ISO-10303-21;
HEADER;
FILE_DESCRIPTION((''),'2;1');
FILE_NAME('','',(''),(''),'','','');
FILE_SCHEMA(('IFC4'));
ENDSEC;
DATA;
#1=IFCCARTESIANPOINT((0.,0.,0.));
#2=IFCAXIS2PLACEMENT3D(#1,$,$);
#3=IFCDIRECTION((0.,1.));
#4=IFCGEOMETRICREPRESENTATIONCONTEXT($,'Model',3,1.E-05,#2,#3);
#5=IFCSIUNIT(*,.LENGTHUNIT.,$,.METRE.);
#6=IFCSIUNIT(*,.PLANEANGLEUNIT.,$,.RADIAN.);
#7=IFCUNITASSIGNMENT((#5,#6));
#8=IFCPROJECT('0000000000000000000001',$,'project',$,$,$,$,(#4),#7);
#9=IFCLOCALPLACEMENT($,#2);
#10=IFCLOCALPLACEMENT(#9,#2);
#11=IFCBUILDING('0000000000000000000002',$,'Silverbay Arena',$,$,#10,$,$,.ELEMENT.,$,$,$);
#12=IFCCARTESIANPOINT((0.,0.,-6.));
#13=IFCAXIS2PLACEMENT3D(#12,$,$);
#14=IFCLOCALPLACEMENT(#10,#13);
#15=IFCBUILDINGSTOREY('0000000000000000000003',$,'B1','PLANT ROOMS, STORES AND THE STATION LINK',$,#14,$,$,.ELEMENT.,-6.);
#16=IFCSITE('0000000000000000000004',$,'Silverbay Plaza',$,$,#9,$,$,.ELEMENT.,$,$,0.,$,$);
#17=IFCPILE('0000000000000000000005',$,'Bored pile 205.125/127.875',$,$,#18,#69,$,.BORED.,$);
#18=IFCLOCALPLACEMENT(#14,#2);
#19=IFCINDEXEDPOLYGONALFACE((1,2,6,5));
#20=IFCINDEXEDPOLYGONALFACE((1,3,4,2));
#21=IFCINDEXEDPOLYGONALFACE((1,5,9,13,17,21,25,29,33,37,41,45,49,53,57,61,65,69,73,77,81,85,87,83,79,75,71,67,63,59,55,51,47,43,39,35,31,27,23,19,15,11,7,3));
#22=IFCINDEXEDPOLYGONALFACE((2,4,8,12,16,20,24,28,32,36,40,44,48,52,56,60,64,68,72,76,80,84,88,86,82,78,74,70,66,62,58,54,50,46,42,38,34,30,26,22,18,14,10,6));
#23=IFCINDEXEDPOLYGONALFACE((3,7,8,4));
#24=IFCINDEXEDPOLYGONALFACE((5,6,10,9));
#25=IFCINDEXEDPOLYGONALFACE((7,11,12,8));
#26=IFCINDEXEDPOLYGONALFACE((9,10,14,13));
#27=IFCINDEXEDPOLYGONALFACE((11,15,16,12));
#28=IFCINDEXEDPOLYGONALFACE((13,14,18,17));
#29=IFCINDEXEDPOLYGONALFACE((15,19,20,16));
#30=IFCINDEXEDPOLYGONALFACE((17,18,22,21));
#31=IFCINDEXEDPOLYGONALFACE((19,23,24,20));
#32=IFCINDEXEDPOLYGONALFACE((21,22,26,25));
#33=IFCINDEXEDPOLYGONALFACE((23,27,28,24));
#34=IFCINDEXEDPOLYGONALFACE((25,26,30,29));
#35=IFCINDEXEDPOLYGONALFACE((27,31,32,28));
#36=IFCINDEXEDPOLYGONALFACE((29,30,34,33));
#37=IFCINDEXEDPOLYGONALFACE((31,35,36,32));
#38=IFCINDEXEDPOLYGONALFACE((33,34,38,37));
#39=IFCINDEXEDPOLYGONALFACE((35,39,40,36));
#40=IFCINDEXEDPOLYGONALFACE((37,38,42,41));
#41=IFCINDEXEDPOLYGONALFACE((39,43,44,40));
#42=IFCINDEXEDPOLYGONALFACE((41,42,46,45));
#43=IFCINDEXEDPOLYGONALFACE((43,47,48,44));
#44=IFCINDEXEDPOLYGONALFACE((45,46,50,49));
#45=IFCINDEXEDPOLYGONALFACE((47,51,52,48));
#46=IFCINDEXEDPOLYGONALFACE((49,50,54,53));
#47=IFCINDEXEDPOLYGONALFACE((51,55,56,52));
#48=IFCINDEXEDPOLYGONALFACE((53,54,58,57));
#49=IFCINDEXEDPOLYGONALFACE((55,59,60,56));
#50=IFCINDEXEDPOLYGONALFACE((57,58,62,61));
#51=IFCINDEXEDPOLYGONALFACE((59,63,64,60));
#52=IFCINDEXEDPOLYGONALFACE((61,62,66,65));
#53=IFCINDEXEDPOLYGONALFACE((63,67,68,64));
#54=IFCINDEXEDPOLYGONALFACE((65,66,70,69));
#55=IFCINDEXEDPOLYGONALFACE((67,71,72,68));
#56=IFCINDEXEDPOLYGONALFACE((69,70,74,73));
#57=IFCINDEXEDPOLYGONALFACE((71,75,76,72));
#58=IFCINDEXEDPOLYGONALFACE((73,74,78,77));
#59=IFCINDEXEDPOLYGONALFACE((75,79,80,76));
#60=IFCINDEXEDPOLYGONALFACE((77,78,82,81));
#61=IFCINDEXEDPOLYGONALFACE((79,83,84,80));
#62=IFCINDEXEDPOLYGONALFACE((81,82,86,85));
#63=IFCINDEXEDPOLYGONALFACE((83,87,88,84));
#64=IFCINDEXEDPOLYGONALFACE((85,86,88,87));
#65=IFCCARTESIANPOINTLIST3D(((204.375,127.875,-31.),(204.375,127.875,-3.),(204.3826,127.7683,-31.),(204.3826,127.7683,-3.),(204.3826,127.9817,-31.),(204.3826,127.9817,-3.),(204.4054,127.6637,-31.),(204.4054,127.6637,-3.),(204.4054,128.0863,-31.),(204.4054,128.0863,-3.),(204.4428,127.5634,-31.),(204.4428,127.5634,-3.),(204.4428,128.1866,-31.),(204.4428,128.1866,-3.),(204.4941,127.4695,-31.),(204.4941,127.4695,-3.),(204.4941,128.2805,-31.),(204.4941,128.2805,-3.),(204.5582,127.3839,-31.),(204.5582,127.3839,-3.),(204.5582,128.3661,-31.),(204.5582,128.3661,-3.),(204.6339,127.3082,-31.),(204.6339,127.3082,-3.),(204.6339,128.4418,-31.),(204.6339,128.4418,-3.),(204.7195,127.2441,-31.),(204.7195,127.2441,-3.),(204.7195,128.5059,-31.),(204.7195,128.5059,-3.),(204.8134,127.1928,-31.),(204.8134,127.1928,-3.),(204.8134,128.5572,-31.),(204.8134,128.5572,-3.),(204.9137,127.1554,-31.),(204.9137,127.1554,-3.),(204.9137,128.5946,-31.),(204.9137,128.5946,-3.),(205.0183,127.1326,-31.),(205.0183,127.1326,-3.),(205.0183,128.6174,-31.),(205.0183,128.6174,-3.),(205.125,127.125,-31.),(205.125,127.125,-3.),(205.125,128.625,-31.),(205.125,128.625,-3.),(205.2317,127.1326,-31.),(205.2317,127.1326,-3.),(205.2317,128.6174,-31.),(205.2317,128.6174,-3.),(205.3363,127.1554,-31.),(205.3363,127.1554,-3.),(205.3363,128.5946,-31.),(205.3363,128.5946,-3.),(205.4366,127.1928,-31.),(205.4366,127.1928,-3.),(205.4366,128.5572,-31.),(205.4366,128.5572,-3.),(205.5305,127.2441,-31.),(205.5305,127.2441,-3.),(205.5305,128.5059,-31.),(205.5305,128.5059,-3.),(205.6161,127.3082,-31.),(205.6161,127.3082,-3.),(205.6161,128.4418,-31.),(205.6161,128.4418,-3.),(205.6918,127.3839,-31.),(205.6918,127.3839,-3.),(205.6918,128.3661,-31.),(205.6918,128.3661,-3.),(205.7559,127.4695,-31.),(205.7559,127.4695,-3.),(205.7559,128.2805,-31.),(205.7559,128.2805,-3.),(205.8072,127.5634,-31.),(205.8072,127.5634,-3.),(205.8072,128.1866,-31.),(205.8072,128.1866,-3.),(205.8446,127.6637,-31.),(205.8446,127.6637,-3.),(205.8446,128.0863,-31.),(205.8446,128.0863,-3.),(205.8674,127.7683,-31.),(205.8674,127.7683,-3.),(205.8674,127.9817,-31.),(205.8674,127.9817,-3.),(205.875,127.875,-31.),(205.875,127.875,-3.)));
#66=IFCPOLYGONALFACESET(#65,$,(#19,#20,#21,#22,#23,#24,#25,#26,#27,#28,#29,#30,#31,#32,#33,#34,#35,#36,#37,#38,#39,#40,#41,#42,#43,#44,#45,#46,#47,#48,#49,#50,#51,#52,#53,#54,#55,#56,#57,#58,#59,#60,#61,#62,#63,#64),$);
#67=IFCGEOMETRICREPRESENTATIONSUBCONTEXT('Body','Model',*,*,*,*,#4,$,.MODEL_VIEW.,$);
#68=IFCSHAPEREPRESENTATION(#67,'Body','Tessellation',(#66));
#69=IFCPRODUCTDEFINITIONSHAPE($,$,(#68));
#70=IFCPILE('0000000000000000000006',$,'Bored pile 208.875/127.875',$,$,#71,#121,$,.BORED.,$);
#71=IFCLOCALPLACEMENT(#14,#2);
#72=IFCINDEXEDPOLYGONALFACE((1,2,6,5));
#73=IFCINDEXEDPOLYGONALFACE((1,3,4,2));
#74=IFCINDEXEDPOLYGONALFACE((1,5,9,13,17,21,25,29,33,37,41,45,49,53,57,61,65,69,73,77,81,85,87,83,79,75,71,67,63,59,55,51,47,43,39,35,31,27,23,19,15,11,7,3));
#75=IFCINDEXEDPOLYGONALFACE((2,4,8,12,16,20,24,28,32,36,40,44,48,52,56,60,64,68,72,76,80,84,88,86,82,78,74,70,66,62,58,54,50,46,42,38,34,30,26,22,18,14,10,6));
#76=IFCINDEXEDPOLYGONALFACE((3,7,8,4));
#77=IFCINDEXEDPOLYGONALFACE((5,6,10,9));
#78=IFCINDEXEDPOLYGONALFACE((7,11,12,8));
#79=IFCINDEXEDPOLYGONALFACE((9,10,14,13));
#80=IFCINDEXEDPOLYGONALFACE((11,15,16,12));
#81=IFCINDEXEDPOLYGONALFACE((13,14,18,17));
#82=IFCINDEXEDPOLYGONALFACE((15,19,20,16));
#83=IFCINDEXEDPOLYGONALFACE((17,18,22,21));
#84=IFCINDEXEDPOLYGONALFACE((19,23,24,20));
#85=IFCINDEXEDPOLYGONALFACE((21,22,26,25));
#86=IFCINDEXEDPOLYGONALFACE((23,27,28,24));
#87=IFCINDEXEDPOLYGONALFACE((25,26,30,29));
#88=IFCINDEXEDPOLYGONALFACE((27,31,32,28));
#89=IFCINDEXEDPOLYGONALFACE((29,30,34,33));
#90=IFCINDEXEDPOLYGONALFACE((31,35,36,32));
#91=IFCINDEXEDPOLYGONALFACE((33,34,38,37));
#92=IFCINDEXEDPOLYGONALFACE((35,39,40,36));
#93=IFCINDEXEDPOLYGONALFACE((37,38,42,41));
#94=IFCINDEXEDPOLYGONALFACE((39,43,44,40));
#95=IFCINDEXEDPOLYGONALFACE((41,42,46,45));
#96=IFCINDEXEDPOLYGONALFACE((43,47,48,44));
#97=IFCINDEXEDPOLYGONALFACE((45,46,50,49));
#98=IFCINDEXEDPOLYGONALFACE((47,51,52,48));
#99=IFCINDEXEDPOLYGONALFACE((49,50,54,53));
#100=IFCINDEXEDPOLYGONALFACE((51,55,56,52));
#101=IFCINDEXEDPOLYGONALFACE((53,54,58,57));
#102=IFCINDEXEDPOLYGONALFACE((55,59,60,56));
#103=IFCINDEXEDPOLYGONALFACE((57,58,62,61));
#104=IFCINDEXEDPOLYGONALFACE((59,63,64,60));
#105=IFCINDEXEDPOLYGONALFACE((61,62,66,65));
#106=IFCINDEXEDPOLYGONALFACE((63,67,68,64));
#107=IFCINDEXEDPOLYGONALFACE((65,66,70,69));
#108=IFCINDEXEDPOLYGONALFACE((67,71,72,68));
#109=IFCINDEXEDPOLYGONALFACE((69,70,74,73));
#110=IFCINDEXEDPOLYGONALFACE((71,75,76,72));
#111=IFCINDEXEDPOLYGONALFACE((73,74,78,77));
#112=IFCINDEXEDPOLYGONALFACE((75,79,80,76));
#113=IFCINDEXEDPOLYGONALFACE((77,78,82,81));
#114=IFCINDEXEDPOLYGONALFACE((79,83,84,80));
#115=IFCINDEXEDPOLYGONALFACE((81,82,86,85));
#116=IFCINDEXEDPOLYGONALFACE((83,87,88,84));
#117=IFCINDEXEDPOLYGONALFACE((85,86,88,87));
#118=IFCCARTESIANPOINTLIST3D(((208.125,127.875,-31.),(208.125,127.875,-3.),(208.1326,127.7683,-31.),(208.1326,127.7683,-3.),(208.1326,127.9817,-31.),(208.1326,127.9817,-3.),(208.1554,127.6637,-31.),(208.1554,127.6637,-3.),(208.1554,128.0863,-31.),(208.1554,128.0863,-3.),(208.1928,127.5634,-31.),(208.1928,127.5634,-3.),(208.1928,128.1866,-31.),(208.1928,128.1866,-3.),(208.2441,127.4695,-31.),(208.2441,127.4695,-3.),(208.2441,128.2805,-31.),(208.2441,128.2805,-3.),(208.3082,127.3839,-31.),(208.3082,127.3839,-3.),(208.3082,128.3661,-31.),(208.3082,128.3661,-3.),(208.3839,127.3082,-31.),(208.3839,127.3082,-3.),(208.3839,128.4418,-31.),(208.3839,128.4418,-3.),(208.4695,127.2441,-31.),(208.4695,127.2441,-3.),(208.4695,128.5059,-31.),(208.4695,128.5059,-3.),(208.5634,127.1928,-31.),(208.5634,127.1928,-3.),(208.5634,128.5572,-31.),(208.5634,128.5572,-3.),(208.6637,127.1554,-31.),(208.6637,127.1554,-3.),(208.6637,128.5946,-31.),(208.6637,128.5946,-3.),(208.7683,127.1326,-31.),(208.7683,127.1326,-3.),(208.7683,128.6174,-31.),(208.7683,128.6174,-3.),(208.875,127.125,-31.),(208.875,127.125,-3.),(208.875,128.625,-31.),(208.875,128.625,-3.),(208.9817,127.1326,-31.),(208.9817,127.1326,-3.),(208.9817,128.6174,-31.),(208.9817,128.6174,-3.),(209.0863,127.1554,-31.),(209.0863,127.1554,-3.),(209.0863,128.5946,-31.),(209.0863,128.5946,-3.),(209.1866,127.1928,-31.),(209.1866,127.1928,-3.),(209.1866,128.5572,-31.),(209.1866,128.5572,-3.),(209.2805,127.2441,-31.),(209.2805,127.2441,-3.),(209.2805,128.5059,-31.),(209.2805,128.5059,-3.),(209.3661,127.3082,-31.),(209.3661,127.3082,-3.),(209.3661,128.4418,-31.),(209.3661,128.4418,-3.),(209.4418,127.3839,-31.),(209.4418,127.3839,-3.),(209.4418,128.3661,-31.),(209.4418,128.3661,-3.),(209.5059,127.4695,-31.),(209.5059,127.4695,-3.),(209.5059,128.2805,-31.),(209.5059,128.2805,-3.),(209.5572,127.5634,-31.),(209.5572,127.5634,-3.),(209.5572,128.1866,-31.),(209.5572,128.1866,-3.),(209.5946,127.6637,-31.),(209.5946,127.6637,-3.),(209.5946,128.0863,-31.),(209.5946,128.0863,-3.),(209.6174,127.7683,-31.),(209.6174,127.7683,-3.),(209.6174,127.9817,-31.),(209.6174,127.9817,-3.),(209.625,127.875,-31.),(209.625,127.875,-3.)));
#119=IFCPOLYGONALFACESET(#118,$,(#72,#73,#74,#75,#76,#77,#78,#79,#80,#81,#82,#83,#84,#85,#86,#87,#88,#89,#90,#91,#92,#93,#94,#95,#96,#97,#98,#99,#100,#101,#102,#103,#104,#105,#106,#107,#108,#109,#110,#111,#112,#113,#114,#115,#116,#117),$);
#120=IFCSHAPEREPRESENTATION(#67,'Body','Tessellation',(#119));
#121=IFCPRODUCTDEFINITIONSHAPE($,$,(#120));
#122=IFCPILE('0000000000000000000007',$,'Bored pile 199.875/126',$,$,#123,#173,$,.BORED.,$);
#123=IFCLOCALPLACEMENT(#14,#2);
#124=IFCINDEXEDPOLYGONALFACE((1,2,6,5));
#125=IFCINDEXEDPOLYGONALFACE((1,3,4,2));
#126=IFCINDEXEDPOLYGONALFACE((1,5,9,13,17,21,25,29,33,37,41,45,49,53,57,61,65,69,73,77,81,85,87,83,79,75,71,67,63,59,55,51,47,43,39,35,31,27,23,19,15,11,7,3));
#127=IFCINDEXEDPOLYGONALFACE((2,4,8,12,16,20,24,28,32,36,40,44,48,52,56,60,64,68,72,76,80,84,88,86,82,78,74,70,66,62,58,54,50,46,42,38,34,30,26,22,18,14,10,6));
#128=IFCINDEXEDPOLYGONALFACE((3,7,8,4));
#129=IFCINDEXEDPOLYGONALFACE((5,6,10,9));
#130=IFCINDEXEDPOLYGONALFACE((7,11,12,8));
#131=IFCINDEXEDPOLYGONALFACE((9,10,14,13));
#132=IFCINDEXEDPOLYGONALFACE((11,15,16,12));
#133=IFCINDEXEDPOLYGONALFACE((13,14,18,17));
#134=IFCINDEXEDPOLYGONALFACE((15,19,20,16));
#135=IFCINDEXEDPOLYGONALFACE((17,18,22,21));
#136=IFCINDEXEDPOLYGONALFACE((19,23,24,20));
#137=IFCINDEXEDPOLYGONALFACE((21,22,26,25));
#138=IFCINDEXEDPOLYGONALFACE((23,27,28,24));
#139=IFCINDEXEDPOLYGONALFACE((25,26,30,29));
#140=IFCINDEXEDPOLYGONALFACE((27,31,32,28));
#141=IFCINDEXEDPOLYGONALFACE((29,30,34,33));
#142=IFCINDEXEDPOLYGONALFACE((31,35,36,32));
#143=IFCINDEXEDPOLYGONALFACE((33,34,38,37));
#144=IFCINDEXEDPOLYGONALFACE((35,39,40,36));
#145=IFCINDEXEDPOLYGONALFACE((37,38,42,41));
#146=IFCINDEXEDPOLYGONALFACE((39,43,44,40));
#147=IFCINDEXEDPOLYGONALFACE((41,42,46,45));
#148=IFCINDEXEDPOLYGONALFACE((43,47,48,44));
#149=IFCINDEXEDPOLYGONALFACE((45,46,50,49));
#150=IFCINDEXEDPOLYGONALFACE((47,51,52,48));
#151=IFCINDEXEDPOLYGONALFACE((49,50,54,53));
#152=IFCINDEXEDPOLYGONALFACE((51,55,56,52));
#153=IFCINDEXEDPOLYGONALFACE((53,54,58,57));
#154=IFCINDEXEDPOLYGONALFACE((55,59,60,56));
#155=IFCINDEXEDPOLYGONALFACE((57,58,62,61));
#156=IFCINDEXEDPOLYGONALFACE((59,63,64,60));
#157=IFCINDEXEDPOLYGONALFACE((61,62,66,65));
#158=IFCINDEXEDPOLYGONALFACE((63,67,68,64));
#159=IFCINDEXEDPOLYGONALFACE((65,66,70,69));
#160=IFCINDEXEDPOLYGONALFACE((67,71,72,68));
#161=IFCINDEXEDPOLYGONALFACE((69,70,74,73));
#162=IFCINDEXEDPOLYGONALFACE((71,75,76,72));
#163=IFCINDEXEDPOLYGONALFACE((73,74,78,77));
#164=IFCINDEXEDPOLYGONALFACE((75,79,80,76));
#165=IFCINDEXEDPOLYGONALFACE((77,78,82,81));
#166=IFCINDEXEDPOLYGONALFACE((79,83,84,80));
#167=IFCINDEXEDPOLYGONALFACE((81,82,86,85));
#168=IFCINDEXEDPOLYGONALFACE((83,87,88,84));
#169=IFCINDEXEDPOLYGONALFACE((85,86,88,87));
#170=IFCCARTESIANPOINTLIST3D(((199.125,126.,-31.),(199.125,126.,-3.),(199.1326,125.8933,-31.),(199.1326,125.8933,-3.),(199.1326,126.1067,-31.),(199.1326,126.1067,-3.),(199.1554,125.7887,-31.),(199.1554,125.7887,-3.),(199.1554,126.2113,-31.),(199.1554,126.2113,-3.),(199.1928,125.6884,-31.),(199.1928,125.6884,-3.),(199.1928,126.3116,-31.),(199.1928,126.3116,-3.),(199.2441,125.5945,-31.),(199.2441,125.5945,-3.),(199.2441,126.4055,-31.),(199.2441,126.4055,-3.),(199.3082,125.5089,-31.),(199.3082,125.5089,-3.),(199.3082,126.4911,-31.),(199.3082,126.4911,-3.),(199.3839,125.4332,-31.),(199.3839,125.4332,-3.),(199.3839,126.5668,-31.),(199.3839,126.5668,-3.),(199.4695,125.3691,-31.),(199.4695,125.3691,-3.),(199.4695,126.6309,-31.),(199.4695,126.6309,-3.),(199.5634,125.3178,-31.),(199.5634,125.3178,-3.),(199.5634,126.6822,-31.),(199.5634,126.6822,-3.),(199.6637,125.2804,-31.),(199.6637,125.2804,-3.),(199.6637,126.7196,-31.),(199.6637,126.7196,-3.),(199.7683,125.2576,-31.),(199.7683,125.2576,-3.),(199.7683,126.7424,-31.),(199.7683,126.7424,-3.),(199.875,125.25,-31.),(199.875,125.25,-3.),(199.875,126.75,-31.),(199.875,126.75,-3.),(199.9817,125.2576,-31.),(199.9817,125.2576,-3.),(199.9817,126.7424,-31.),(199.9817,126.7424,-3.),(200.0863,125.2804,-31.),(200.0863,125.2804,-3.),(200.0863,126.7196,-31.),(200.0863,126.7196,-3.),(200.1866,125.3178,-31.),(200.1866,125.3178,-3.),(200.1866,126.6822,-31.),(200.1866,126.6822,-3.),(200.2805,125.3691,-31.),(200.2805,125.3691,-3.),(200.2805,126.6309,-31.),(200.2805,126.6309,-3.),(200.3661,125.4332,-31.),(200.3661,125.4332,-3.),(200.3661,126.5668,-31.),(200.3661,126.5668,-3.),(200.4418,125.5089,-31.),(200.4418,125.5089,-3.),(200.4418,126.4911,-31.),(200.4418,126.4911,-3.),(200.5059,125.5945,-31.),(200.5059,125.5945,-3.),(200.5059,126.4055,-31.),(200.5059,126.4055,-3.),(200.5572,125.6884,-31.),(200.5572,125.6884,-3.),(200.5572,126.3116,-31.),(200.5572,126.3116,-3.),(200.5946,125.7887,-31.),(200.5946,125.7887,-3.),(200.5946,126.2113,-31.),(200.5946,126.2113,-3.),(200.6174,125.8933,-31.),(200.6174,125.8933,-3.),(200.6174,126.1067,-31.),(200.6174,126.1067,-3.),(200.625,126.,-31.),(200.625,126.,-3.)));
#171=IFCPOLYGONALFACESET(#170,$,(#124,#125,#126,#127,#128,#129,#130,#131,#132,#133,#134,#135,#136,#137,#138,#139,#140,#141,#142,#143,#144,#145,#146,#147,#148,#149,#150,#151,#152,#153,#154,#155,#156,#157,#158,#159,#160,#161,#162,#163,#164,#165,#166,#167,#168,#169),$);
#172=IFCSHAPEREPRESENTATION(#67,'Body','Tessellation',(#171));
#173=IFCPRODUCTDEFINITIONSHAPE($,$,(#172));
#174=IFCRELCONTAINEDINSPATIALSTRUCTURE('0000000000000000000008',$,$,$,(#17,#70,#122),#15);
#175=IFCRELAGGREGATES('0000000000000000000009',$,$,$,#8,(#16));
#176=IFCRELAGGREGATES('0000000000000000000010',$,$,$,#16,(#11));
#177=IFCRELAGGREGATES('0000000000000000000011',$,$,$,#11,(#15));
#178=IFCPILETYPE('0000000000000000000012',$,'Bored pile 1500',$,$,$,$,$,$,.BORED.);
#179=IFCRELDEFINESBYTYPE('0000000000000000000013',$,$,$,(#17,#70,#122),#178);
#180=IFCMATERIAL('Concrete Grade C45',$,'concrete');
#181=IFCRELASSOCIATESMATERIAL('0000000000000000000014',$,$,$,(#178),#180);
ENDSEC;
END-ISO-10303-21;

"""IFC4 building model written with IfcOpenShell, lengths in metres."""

from ifc_helpers import new_model, si_unit, direction, frame, origin, origin_2d, place, context, subcontext, project, spatial, circle, extrude, material, material_profile, profile_set, type_object, element, save


model = new_model("IFC4")

# Units and contexts
model_context = context("Model", 3, precision=1e-05, world=origin(), true_north=direction((0.0, 1.0)))
body_context = subcontext(model_context, "Body", "Model", "MODEL_VIEW")
ifc_project = project(units=[si_unit("LENGTHUNIT", "METRE"), si_unit("PLANEANGLEUNIT", "RADIAN")], contexts=[model_context])

# Site, building, storey
site_placement = place(None, origin())
site = spatial("IfcSite", under=ifc_project, at=site_placement, Name="Silverbay Plaza", CompositionType="ELEMENT", RefElevation=0.0)
building_placement = place(site_placement, origin())
building = spatial("IfcBuilding", under=site, at=building_placement, Name="Silverbay Arena", CompositionType="ELEMENT")
storey_placement = place(building_placement, frame((0.0, 0.0, -6.0)))
storey = spatial("IfcBuildingStorey", under=building, at=storey_placement, Name="B1", Description="PLANT ROOMS, STORES AND THE STATION LINK", CompositionType="ELEMENT", Elevation=-6.0)

# Piles
ifc_material_1 = material(Name="Concrete Grade C45", Category="concrete")
ifc_material_profile_1 = material_profile(ifc_material_1, circle(Radius=0.75, at=origin_2d()), Name="Bored pile 1500")
ifc_profile_set_1 = profile_set([ifc_material_profile_1], Name="Concrete Grade C45")
pile_type_1 = type_object("IfcPileType", Name="Bored pile 1500", PredefinedType="BORED", material=ifc_profile_set_1)
for number, where, z_axis, x_axis, name in (
    (1, (205.125, 127.875, -3.0), (0.0, 0.0, -1.0), (1.0, 0.0, 0.0), "Bored pile 205.125/127.875"),
    (2, (208.875, 127.875, -3.0), (0.0, 0.0, -1.0), (1.0, 0.0, 0.0), "Bored pile 208.875/127.875"),
    (3, (199.875, 126.0, -3.0), (0.0, 0.0, -1.0), (1.0, 0.0, 0.0), "Bored pile 199.875/126"),
):
    element("IfcPile", number, at=place(storey_placement, frame(where, z_axis=z_axis, x_axis=x_axis)), inside=storey, type_object=pile_type_1, Name=name, PredefinedType="BORED", context=body_context, shape_type="SweptSolid", body=[
        extrude(circle(Radius=0.75, at=origin_2d()), origin(), (0.0, 0.0, 1.0), 28.0),
    ])

save(model, "model.ifc")
